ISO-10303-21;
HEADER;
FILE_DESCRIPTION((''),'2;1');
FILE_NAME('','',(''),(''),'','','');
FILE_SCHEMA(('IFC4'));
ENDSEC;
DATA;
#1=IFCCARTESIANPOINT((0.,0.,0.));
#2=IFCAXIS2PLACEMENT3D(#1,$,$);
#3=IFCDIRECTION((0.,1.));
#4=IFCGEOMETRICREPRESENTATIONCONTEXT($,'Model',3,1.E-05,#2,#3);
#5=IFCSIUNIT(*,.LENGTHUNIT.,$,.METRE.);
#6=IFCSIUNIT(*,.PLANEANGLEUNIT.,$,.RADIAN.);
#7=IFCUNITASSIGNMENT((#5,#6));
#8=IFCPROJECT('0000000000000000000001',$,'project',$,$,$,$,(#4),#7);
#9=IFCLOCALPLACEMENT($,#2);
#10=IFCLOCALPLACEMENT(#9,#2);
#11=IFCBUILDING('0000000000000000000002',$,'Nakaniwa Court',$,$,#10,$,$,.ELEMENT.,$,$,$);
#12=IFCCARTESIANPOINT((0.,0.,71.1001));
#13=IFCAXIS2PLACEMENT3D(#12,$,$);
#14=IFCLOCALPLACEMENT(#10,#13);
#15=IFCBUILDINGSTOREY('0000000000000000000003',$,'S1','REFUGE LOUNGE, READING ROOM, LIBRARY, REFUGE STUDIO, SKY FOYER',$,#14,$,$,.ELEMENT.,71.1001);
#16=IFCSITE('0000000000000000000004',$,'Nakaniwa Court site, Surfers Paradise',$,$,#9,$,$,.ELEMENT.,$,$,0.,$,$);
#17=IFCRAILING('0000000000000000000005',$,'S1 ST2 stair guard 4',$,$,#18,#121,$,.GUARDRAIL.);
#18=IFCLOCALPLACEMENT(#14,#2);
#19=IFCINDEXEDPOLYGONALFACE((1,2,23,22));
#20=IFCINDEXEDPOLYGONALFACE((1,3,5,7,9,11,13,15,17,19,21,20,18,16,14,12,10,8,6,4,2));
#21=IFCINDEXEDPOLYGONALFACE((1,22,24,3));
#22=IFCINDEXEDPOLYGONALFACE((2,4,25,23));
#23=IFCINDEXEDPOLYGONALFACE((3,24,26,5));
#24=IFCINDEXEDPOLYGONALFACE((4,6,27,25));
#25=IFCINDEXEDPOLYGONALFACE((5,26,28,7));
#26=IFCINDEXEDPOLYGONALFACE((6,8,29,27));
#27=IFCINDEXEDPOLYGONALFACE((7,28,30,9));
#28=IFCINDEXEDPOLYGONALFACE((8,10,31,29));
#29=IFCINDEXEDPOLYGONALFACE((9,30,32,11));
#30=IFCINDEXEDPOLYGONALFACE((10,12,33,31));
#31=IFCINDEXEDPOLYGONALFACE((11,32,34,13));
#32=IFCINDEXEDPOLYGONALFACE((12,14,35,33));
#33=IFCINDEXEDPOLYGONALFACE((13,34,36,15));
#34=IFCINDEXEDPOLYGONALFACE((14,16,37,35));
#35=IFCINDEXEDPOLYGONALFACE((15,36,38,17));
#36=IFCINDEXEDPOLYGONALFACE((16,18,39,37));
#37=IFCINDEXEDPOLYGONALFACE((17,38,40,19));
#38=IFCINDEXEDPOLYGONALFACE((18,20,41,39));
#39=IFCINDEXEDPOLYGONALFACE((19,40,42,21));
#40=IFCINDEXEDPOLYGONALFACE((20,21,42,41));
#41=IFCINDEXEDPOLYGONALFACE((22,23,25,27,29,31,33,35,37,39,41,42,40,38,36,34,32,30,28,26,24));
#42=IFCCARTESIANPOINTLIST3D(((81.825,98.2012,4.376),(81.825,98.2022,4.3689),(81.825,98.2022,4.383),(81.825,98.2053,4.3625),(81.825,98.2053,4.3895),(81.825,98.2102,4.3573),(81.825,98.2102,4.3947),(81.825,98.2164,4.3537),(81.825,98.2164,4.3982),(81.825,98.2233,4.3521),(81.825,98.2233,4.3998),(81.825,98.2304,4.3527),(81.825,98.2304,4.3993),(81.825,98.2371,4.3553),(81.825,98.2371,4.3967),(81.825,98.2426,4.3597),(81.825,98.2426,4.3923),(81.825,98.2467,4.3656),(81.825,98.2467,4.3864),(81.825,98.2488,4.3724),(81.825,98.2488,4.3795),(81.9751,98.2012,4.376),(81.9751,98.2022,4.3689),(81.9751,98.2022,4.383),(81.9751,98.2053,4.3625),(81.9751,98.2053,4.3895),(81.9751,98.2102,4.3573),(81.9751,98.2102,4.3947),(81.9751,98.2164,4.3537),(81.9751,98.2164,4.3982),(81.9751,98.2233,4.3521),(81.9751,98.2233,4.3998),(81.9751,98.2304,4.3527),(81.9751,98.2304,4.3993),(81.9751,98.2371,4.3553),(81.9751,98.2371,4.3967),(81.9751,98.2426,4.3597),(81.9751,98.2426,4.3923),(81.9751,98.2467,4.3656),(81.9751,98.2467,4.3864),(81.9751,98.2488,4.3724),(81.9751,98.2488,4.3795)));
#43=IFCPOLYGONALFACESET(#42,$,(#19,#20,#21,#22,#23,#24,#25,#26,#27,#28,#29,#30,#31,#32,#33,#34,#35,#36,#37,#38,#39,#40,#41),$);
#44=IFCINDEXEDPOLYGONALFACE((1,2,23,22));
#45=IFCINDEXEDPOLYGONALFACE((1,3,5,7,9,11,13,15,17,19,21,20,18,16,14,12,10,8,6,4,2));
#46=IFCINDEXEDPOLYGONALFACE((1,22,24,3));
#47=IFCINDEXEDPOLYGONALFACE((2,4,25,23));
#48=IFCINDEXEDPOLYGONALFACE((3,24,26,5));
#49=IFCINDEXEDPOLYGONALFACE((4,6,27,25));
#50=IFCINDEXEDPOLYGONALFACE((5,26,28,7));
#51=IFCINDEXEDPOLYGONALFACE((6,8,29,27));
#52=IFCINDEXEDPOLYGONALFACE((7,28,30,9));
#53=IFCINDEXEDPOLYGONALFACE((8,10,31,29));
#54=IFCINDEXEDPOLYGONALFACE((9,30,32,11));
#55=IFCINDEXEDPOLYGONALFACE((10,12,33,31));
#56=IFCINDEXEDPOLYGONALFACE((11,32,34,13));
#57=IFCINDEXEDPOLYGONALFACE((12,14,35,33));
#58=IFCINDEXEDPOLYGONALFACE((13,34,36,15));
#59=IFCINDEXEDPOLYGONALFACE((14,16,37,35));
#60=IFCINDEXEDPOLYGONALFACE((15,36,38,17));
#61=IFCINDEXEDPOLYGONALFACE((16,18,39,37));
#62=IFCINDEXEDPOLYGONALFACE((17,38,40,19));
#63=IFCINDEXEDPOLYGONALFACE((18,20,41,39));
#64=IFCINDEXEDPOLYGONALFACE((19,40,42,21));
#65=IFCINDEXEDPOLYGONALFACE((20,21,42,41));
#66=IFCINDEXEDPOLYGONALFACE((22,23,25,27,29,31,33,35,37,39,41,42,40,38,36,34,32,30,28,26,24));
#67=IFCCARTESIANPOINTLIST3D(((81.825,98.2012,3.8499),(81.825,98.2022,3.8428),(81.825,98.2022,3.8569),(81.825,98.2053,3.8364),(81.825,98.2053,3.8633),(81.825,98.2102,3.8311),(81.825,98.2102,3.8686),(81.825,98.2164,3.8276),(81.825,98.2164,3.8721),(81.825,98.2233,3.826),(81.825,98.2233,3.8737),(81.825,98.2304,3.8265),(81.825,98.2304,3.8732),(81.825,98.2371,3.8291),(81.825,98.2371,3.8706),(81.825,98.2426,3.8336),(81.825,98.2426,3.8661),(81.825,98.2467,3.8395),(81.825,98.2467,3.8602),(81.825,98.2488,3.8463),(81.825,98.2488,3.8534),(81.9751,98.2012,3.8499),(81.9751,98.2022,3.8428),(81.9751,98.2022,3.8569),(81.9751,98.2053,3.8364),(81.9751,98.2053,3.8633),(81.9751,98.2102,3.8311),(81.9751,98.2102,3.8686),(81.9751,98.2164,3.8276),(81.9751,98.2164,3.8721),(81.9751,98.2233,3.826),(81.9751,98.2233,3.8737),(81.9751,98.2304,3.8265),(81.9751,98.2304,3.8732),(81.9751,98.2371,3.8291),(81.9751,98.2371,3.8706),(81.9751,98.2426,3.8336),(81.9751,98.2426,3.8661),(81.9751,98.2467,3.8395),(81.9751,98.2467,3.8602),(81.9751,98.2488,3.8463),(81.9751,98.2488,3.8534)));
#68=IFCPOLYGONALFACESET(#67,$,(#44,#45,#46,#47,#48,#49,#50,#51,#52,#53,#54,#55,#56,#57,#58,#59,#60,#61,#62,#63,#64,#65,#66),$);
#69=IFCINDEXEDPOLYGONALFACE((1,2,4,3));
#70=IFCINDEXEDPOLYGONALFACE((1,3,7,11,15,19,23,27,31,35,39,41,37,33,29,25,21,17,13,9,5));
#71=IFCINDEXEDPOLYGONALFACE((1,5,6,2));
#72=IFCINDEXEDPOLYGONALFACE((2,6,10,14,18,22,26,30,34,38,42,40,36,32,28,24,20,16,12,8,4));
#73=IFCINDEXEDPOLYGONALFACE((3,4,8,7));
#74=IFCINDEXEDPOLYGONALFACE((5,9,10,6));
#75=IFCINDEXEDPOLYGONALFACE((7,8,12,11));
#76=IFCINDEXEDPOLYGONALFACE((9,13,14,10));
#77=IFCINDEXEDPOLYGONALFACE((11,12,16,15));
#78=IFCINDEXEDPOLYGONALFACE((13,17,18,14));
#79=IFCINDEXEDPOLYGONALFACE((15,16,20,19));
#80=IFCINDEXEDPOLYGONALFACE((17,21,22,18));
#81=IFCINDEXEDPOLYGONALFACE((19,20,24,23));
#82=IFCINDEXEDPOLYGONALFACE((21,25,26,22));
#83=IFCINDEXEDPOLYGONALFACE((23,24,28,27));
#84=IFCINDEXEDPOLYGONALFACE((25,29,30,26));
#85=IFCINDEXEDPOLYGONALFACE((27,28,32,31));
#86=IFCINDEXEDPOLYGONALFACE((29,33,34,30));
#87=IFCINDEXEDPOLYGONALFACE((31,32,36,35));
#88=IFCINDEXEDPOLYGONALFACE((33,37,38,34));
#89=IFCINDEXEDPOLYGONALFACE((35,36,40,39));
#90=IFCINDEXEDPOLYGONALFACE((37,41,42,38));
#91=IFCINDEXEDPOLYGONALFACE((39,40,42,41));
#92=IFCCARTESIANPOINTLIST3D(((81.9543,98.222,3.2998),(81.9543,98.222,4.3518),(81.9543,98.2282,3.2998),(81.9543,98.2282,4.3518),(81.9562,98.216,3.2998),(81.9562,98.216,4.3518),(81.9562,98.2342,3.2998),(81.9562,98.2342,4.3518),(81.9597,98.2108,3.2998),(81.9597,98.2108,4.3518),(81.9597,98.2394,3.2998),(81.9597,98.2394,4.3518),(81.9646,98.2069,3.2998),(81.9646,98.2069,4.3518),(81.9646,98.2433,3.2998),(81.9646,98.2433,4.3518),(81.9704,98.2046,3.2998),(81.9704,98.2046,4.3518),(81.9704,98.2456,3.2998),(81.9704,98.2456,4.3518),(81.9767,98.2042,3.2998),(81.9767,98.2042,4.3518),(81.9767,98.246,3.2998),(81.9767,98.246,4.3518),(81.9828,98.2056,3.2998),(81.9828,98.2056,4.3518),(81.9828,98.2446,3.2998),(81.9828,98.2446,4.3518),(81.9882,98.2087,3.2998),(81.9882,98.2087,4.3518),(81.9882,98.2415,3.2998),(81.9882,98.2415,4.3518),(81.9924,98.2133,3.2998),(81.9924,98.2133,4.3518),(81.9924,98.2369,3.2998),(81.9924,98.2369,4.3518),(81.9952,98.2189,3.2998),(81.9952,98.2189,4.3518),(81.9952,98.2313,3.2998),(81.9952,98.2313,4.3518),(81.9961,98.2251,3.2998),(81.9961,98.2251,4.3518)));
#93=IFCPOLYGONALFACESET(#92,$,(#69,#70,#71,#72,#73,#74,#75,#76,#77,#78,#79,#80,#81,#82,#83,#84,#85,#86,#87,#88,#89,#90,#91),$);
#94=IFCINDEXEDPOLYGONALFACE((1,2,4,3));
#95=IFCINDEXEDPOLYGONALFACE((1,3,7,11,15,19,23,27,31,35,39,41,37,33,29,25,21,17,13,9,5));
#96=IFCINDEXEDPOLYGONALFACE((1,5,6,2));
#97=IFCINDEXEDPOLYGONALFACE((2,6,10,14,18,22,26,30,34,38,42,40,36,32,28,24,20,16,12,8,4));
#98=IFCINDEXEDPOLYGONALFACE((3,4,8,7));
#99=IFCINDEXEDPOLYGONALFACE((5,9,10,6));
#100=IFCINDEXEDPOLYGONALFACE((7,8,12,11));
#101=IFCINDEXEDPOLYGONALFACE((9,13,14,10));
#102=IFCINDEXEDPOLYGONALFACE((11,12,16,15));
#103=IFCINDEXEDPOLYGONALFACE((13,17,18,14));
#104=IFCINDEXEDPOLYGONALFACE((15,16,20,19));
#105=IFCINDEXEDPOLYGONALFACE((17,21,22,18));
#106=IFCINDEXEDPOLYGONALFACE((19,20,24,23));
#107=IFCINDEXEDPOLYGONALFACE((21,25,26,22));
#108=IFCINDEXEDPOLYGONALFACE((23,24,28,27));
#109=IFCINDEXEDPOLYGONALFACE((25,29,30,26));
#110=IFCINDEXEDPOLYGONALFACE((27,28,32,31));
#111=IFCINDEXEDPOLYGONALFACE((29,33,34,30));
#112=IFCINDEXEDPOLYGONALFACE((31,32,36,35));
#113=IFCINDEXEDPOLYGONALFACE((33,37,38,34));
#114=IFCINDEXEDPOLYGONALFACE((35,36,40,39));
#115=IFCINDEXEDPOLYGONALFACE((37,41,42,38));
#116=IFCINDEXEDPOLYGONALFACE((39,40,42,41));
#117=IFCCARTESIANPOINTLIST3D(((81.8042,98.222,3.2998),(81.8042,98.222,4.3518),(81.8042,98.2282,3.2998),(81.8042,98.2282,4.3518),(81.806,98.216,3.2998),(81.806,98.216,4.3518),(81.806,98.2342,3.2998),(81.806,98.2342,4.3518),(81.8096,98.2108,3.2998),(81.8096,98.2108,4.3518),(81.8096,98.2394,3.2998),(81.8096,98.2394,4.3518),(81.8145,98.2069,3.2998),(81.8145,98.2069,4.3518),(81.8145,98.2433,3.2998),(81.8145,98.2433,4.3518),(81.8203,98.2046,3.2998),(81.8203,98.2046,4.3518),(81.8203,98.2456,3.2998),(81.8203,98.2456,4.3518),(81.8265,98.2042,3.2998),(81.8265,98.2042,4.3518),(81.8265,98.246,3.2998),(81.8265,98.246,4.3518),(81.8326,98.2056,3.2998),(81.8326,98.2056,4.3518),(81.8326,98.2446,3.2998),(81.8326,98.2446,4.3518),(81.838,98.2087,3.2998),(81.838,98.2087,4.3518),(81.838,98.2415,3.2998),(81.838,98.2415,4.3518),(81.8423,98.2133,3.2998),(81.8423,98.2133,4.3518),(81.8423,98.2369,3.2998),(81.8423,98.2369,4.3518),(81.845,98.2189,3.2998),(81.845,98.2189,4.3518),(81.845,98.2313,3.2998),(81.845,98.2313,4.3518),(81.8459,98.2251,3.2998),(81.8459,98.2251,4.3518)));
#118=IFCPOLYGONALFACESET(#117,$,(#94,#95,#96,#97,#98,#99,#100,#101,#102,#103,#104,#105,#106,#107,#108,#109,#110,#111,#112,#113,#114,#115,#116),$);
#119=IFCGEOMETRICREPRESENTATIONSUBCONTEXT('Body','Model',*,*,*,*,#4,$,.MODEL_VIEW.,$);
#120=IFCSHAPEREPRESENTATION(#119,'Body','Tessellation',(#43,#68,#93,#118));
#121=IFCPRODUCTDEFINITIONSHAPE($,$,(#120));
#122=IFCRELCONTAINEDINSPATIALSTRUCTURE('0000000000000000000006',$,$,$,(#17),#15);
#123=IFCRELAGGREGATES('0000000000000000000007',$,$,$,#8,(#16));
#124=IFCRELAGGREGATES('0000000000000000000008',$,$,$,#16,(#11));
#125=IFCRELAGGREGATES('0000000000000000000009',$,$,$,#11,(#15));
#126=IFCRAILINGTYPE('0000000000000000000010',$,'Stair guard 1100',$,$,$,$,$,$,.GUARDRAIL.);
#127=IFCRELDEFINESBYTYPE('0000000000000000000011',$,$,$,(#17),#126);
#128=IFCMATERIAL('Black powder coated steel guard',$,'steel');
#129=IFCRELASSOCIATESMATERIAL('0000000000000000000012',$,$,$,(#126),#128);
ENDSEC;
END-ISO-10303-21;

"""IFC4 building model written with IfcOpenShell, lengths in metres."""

from ifc_helpers import new_model, si_unit, direction, frame, origin, origin_2d, place, context, subcontext, project, spatial, circle, extrude, material, type_object, element, save


model = new_model("IFC4")

# Units and contexts
model_context = context("Model", 3, precision=1e-05, world=origin(), true_north=direction((0.0, 1.0)))
body_context = subcontext(model_context, "Body", "Model", "MODEL_VIEW")
ifc_project = project(units=[si_unit("LENGTHUNIT", "METRE"), si_unit("PLANEANGLEUNIT", "RADIAN")], contexts=[model_context])

# Site, building, storey
site_placement = place(None, origin())
site = spatial("IfcSite", under=ifc_project, at=site_placement, Name="Nakaniwa Court site, Surfers Paradise", CompositionType="ELEMENT", RefElevation=0.0)
building_placement = place(site_placement, origin())
building = spatial("IfcBuilding", under=site, at=building_placement, Name="Nakaniwa Court", CompositionType="ELEMENT")
storey_placement = place(building_placement, frame((0.0, 0.0, 71.1001)))
storey = spatial("IfcBuildingStorey", under=building, at=storey_placement, Name="S1", Description="REFUGE LOUNGE, READING ROOM, LIBRARY, REFUGE STUDIO, SKY FOYER", CompositionType="ELEMENT", Elevation=71.1001)

# Railing
ifc_material_1 = material(Name="Black powder coated steel guard", Category="steel")
railing_type = type_object("IfcRailingType", Name="Stair guard 1100", PredefinedType="GUARDRAIL", material=ifc_material_1)
for number, where, name in (
    (1, (81.9751, 98.2251, 3.2998), "S1 ST2 stair guard 4"),
):
    element("IfcRailing", number, at=place(storey_placement, frame(where)), inside=storey, type_object=railing_type, Name=name, PredefinedType="GUARDRAIL", context=body_context, shape_type="SweptSolid", body=[
        extrude(circle(Radius=0.0239, at=origin_2d()), frame((0.0, 0.0, 1.0762), z_axis=(-1.0, 0.0, 0.0), x_axis=(0.0, -1.0, 0.0)), (0.0, 0.0, 1.0), 0.1501),
        extrude(circle(Radius=0.0239, at=origin_2d()), frame((0.0, 0.0, 0.55), z_axis=(-1.0, 0.0, 0.0), x_axis=(0.0, -1.0, 0.0)), (0.0, 0.0, 1.0), 0.1501),
        extrude(circle(Radius=0.021, at=origin_2d()), origin(), (0.0, 0.0, 1.0), 1.052),
        extrude(circle(Radius=0.021, at=origin_2d()), frame((-0.1501, 0.0, 0.0)), (0.0, 0.0, 1.0), 1.052),
    ])

save(model, "model.ifc")
